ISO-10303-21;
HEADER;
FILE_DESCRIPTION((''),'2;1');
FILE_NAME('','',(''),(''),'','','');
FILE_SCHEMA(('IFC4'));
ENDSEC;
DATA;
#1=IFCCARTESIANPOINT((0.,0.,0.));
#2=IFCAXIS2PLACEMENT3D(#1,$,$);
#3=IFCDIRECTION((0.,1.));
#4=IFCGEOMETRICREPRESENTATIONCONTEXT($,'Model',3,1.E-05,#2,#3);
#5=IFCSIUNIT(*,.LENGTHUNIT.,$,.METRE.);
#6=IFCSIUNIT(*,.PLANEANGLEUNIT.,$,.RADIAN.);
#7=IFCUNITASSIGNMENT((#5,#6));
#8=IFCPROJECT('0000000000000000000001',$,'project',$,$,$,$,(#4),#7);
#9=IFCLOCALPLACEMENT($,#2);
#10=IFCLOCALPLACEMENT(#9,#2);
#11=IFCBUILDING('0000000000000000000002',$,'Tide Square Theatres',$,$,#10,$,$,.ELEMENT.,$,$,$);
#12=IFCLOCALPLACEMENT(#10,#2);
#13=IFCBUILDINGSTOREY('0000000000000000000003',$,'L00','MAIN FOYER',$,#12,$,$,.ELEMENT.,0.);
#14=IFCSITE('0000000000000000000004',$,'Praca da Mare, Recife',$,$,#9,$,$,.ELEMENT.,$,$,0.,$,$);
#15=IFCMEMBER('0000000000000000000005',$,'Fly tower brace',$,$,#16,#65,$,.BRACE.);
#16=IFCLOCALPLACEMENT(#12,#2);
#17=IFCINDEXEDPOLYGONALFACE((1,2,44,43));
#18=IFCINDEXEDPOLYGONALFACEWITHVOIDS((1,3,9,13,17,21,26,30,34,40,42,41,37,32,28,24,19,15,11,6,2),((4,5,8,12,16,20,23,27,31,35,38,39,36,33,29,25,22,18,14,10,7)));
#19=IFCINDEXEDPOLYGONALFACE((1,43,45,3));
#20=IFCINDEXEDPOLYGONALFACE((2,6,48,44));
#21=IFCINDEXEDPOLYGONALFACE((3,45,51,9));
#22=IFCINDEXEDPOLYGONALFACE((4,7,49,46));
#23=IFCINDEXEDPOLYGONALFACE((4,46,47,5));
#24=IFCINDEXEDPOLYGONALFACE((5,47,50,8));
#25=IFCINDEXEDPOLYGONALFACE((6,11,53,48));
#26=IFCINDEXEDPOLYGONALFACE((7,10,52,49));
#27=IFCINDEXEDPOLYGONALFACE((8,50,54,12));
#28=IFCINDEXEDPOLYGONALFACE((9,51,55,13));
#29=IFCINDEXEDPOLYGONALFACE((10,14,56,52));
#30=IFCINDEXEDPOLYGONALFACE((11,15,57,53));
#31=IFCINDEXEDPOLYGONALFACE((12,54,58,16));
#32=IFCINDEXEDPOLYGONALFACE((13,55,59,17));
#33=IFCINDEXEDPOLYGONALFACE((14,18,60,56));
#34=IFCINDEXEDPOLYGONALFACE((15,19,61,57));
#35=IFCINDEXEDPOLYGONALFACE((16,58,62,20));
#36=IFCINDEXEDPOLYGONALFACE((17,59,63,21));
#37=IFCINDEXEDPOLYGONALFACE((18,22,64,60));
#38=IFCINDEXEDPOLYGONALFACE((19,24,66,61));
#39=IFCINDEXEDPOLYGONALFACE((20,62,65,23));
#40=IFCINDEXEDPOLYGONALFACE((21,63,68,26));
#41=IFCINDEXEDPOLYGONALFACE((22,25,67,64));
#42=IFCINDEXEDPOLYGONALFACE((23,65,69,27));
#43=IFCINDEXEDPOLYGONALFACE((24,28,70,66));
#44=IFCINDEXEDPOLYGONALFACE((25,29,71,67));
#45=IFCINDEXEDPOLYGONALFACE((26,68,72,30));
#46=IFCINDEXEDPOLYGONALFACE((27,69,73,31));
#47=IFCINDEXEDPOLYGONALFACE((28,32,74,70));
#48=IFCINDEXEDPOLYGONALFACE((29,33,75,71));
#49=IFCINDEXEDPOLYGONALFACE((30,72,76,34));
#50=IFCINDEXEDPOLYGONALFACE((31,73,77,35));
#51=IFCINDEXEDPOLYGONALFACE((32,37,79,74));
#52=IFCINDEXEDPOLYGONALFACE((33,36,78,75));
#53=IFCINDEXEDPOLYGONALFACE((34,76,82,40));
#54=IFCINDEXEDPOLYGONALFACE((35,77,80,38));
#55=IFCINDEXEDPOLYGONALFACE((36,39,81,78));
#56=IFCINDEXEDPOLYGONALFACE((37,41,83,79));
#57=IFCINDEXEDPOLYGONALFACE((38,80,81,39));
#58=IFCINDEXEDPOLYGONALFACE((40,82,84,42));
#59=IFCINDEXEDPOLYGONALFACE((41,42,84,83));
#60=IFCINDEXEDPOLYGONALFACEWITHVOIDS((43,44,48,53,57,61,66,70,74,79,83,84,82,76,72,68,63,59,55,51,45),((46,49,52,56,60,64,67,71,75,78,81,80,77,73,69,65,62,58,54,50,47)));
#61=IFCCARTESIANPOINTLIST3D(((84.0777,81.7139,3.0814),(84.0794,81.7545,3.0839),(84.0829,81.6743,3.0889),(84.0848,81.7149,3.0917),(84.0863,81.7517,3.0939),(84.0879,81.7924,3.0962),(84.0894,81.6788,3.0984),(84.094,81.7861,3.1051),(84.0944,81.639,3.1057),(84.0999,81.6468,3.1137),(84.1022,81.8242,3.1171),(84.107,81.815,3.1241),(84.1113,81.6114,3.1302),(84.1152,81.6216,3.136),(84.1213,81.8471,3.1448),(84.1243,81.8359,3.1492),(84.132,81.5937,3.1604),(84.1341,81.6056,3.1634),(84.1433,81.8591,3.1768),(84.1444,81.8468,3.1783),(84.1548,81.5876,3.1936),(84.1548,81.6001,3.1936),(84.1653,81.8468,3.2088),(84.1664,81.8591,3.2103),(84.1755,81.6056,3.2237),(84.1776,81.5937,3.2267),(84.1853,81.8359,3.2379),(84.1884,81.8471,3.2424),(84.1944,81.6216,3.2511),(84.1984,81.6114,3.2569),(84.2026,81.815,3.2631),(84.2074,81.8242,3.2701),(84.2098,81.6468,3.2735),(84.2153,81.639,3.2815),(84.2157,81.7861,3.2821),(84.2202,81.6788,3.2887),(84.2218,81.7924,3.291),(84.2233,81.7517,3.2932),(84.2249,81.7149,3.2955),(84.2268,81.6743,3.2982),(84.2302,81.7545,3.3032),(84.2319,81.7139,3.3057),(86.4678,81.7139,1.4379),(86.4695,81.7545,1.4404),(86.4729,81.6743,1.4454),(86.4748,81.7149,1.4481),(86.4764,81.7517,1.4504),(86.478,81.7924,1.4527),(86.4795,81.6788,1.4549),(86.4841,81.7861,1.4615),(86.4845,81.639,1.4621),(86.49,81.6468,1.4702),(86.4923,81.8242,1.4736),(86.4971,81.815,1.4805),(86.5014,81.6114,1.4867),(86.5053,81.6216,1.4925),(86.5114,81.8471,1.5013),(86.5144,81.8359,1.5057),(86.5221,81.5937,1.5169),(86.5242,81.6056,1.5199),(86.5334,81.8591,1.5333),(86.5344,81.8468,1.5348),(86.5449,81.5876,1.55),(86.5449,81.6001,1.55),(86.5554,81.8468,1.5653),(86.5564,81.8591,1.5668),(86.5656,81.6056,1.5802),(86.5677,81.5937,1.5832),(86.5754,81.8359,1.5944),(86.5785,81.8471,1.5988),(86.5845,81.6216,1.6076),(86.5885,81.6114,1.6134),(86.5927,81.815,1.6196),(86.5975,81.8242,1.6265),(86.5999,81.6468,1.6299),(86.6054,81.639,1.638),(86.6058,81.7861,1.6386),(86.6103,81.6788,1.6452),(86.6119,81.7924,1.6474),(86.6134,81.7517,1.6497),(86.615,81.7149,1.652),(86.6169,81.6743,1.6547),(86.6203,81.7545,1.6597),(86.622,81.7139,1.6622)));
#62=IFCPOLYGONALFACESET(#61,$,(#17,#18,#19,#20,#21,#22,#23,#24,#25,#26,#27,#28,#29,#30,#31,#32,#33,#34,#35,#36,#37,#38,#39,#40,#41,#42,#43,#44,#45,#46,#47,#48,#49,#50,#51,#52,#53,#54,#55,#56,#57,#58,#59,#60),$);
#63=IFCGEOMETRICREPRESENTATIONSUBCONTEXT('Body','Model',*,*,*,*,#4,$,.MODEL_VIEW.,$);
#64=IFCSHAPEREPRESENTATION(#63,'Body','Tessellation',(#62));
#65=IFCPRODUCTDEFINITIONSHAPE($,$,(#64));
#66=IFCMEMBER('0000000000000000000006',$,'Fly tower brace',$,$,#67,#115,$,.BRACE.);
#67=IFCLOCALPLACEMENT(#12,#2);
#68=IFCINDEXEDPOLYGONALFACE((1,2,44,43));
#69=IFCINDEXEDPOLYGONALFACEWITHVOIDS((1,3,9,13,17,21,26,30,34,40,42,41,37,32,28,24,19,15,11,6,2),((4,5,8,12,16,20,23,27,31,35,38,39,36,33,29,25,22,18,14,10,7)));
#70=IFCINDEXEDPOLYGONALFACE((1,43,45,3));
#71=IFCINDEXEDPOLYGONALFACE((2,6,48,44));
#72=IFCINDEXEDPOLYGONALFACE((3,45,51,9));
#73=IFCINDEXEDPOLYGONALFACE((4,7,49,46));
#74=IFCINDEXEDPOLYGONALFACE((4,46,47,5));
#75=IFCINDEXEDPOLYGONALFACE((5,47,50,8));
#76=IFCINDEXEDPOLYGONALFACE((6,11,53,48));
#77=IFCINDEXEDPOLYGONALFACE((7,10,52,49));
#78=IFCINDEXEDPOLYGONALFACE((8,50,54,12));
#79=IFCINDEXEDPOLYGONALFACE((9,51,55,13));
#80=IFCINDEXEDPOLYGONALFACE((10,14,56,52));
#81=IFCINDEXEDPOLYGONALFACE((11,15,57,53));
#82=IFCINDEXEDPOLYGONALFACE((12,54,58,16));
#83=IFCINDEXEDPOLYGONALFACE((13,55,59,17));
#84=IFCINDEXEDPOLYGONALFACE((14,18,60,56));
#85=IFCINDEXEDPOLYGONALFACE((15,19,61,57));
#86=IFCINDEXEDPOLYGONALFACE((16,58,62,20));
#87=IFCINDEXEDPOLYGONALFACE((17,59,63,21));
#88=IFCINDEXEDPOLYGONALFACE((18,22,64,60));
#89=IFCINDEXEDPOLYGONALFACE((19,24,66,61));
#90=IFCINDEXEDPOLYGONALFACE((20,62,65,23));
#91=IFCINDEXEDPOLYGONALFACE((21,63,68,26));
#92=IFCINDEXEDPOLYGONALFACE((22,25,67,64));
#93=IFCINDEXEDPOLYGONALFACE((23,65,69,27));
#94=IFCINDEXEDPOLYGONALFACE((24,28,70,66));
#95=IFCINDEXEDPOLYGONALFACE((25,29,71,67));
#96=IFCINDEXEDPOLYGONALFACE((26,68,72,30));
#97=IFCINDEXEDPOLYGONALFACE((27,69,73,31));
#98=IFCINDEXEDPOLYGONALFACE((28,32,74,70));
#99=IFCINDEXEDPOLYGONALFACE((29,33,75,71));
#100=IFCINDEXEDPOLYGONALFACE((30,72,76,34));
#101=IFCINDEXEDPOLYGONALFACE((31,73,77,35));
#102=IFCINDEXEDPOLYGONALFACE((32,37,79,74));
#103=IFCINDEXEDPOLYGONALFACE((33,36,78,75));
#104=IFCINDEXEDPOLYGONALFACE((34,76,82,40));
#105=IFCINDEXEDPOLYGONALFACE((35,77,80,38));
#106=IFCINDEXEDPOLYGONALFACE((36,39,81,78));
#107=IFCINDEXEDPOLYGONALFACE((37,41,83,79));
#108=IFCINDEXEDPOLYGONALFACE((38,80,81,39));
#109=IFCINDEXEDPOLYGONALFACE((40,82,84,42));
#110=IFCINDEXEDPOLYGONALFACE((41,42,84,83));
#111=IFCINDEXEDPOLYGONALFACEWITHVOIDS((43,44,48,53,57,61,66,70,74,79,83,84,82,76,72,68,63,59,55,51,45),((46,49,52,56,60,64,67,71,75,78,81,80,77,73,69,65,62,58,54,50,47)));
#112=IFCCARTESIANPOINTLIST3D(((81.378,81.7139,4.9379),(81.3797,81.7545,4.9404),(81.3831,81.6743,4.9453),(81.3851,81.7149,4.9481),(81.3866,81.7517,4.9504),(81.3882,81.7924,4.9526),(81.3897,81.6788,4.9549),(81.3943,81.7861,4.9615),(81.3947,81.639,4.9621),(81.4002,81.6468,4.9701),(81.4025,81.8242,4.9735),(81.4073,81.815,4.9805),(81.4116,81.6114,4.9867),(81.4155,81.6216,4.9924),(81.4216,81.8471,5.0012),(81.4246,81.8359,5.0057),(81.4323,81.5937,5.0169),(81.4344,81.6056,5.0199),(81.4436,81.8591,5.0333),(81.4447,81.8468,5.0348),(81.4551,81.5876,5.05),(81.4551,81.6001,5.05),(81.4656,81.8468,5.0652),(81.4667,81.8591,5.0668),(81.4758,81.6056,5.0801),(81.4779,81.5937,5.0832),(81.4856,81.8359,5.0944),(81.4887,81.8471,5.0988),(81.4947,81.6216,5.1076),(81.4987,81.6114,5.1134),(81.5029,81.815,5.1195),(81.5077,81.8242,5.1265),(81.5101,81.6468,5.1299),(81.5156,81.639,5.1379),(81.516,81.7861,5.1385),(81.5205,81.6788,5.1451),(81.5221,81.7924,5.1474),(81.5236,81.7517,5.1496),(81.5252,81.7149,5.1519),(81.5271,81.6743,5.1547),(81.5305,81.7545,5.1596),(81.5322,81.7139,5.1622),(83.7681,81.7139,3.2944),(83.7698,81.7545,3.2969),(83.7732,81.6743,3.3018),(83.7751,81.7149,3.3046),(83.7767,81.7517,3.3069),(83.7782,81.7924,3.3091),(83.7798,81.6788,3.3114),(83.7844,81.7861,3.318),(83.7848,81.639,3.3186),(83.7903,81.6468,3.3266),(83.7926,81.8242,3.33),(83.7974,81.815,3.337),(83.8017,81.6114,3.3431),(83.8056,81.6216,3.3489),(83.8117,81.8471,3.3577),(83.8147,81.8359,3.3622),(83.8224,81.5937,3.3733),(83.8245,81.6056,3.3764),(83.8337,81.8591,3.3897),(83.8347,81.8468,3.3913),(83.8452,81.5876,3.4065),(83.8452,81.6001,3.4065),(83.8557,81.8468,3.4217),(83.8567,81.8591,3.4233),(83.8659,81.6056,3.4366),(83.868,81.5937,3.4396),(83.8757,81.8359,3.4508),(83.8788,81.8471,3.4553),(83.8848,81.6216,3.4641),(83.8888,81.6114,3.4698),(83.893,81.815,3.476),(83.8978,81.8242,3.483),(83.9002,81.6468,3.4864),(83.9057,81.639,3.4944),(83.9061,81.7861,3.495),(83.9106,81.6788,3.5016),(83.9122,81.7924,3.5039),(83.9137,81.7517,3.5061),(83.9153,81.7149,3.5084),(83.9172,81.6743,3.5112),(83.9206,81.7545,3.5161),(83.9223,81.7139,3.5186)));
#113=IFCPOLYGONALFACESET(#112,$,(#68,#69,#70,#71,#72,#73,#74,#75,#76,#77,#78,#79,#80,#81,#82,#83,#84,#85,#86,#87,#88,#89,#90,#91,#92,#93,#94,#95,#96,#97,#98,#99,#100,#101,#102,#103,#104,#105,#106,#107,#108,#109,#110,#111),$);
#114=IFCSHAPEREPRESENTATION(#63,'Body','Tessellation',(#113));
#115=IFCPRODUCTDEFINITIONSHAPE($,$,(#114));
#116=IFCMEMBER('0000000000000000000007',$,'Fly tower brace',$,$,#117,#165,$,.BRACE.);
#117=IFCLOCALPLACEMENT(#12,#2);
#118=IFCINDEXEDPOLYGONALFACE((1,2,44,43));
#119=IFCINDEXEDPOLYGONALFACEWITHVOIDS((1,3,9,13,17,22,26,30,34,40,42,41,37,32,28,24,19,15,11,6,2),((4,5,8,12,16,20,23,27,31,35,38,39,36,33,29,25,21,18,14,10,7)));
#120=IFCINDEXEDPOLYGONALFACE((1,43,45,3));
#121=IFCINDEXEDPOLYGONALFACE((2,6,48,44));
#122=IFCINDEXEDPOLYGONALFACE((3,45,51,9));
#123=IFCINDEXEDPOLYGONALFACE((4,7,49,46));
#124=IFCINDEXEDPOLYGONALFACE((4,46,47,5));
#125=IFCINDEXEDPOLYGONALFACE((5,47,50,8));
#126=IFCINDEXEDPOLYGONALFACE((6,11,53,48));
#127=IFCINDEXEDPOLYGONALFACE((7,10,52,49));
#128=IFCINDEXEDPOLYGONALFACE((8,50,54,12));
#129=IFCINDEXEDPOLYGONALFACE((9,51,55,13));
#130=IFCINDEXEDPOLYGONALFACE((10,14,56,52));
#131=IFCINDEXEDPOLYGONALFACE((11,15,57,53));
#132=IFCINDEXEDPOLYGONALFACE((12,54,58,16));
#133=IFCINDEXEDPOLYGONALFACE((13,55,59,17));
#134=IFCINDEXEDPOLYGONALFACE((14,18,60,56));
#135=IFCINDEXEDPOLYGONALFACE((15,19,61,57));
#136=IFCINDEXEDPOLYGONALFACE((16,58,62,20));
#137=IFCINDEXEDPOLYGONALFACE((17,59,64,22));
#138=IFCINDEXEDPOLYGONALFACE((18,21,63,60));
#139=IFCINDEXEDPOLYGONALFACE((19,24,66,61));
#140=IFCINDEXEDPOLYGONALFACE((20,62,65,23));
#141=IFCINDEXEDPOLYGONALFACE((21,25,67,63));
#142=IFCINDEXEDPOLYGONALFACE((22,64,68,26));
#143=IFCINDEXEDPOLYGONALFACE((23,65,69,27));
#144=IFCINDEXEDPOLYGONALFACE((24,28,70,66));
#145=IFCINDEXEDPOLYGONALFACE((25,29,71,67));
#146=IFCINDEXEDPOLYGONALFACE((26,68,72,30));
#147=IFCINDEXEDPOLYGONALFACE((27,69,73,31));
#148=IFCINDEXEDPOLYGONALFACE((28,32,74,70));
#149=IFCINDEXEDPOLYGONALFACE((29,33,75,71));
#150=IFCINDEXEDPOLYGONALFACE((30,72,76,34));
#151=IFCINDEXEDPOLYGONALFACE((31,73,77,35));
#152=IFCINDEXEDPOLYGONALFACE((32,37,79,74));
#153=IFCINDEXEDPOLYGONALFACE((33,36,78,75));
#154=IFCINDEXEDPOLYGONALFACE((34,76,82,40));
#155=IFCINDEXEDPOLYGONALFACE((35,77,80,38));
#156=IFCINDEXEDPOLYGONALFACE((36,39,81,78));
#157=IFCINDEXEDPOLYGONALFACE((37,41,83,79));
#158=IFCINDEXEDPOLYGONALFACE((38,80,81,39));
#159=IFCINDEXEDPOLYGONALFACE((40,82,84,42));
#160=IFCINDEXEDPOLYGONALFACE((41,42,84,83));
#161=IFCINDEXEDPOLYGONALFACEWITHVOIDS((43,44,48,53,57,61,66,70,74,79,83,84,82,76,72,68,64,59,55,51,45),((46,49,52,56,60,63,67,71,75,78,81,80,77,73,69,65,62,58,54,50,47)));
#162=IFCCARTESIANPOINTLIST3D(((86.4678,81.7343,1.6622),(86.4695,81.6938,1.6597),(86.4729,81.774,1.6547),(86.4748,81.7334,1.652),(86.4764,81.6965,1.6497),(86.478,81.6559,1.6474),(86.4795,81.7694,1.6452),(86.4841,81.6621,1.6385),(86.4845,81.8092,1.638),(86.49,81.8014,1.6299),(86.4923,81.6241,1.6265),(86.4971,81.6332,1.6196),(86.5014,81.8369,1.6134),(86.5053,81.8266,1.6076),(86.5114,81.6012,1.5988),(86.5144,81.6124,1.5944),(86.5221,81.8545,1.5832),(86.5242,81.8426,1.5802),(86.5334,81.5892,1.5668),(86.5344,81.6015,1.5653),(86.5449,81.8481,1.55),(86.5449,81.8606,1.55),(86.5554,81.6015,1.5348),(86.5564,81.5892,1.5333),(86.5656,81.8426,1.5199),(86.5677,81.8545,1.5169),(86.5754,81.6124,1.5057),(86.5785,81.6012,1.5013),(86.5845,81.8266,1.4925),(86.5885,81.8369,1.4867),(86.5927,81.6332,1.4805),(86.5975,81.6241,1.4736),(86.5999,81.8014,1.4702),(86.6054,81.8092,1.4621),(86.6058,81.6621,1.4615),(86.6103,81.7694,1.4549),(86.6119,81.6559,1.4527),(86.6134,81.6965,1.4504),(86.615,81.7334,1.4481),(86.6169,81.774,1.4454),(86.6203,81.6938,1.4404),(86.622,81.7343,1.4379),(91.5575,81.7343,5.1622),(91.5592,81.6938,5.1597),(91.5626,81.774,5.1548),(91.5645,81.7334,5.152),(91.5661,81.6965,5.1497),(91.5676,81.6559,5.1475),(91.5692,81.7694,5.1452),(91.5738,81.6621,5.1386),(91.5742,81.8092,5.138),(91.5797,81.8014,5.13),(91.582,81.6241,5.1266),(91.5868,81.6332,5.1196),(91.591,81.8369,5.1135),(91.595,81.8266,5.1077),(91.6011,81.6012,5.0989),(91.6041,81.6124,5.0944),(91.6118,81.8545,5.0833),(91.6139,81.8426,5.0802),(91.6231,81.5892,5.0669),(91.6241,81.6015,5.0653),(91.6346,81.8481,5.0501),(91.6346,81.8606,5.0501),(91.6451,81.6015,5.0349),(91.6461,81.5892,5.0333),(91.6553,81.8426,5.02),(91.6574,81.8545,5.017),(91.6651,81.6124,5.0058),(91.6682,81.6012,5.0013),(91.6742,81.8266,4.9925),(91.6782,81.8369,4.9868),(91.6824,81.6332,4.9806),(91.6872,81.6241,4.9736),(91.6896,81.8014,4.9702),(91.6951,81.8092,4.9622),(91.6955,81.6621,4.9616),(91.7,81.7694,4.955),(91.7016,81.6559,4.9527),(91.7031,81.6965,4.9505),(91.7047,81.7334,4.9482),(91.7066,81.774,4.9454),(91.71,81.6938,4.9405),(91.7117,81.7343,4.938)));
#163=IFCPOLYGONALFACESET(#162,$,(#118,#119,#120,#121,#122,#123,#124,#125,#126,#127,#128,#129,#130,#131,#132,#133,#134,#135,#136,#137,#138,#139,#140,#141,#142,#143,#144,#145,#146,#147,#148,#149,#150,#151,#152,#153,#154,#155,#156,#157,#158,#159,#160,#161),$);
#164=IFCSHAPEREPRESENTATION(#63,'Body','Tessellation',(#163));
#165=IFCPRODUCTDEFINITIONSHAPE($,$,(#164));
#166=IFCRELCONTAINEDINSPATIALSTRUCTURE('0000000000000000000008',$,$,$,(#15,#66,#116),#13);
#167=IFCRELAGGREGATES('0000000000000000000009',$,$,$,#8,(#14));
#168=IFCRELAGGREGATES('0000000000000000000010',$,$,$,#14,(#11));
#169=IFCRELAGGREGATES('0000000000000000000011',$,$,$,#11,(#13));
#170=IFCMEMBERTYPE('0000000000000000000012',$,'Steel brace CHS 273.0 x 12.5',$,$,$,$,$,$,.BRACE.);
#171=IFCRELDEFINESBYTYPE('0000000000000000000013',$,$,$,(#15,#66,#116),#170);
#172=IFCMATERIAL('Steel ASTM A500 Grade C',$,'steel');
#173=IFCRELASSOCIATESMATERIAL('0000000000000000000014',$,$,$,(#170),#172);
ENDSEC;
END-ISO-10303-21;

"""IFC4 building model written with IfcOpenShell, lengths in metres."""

from ifc_helpers import new_model, si_unit, direction, frame, origin, origin_2d, place, context, subcontext, project, spatial, hollow_circle, extrude, material, material_profile, profile_set, type_object, element, save


model = new_model("IFC4")

# Units and contexts
model_context = context("Model", 3, precision=1e-05, world=origin(), true_north=direction((0.0, 1.0)))
body_context = subcontext(model_context, "Body", "Model", "MODEL_VIEW")
ifc_project = project(units=[si_unit("LENGTHUNIT", "METRE"), si_unit("PLANEANGLEUNIT", "RADIAN")], contexts=[model_context])

# Site, building, storey
site_placement = place(None, origin())
site = spatial("IfcSite", under=ifc_project, at=site_placement, Name="Praca da Mare, Recife", CompositionType="ELEMENT", RefElevation=0.0)
building_placement = place(site_placement, origin())
building = spatial("IfcBuilding", under=site, at=building_placement, Name="Tide Square Theatres", CompositionType="ELEMENT")
storey_placement = place(building_placement, origin())
storey = spatial("IfcBuildingStorey", under=building, at=storey_placement, Name="L00", Description="MAIN FOYER", CompositionType="ELEMENT", Elevation=0.0)

# Members
ifc_material_1 = material(Name="Steel ASTM A500 Grade C", Category="steel")
ifc_material_profile_1 = material_profile(ifc_material_1, hollow_circle(Radius=0.1365, WallThickness=0.0125, at=origin_2d()))
ifc_profile_set_1 = profile_set([ifc_material_profile_1], Name="Steel ASTM A500 Grade C")
member_type = type_object("IfcMemberType", Name="Steel brace CHS 273.0 x 12.5", PredefinedType="BRACE", material=ifc_profile_set_1)
for number, where, z_axis, x_axis, name in (
    (1, (86.5449, 81.7241, 1.55), (-0.823988, 0.0, 0.566607), (0.0, -1.0, 0.0), "Fly tower brace"),
    (2, (83.8452, 81.7241, 3.4065), (-0.823988, 0.0, 0.566607), (0.0, -1.0, 0.0), "Fly tower brace"),
):
    element("IfcMember", number, at=place(storey_placement, frame(where, z_axis=z_axis, x_axis=x_axis)), inside=storey, type_object=member_type, Name=name, PredefinedType="BRACE", context=body_context, shape_type="SweptSolid", body=[
        extrude(hollow_circle(Radius=0.1365, WallThickness=0.0125, at=origin_2d()), origin(), (0.0, 0.0, 1.0), 2.9006),
    ])
member_1_placement = place(storey_placement, frame((86.5449, 81.7241, 1.55), z_axis=(0.823974, 0.0, 0.566628), x_axis=(0.0, 1.0, 0.0)))
element("IfcMember", 3, at=member_1_placement, inside=storey, type_object=member_type, Name="Fly tower brace", PredefinedType="BRACE", context=body_context, shape_type="SweptSolid", body=[
    extrude(hollow_circle(Radius=0.1365, WallThickness=0.0125, at=origin_2d()), origin(), (0.0, 0.0, 1.0), 6.177),
])

save(model, "model.ifc")
